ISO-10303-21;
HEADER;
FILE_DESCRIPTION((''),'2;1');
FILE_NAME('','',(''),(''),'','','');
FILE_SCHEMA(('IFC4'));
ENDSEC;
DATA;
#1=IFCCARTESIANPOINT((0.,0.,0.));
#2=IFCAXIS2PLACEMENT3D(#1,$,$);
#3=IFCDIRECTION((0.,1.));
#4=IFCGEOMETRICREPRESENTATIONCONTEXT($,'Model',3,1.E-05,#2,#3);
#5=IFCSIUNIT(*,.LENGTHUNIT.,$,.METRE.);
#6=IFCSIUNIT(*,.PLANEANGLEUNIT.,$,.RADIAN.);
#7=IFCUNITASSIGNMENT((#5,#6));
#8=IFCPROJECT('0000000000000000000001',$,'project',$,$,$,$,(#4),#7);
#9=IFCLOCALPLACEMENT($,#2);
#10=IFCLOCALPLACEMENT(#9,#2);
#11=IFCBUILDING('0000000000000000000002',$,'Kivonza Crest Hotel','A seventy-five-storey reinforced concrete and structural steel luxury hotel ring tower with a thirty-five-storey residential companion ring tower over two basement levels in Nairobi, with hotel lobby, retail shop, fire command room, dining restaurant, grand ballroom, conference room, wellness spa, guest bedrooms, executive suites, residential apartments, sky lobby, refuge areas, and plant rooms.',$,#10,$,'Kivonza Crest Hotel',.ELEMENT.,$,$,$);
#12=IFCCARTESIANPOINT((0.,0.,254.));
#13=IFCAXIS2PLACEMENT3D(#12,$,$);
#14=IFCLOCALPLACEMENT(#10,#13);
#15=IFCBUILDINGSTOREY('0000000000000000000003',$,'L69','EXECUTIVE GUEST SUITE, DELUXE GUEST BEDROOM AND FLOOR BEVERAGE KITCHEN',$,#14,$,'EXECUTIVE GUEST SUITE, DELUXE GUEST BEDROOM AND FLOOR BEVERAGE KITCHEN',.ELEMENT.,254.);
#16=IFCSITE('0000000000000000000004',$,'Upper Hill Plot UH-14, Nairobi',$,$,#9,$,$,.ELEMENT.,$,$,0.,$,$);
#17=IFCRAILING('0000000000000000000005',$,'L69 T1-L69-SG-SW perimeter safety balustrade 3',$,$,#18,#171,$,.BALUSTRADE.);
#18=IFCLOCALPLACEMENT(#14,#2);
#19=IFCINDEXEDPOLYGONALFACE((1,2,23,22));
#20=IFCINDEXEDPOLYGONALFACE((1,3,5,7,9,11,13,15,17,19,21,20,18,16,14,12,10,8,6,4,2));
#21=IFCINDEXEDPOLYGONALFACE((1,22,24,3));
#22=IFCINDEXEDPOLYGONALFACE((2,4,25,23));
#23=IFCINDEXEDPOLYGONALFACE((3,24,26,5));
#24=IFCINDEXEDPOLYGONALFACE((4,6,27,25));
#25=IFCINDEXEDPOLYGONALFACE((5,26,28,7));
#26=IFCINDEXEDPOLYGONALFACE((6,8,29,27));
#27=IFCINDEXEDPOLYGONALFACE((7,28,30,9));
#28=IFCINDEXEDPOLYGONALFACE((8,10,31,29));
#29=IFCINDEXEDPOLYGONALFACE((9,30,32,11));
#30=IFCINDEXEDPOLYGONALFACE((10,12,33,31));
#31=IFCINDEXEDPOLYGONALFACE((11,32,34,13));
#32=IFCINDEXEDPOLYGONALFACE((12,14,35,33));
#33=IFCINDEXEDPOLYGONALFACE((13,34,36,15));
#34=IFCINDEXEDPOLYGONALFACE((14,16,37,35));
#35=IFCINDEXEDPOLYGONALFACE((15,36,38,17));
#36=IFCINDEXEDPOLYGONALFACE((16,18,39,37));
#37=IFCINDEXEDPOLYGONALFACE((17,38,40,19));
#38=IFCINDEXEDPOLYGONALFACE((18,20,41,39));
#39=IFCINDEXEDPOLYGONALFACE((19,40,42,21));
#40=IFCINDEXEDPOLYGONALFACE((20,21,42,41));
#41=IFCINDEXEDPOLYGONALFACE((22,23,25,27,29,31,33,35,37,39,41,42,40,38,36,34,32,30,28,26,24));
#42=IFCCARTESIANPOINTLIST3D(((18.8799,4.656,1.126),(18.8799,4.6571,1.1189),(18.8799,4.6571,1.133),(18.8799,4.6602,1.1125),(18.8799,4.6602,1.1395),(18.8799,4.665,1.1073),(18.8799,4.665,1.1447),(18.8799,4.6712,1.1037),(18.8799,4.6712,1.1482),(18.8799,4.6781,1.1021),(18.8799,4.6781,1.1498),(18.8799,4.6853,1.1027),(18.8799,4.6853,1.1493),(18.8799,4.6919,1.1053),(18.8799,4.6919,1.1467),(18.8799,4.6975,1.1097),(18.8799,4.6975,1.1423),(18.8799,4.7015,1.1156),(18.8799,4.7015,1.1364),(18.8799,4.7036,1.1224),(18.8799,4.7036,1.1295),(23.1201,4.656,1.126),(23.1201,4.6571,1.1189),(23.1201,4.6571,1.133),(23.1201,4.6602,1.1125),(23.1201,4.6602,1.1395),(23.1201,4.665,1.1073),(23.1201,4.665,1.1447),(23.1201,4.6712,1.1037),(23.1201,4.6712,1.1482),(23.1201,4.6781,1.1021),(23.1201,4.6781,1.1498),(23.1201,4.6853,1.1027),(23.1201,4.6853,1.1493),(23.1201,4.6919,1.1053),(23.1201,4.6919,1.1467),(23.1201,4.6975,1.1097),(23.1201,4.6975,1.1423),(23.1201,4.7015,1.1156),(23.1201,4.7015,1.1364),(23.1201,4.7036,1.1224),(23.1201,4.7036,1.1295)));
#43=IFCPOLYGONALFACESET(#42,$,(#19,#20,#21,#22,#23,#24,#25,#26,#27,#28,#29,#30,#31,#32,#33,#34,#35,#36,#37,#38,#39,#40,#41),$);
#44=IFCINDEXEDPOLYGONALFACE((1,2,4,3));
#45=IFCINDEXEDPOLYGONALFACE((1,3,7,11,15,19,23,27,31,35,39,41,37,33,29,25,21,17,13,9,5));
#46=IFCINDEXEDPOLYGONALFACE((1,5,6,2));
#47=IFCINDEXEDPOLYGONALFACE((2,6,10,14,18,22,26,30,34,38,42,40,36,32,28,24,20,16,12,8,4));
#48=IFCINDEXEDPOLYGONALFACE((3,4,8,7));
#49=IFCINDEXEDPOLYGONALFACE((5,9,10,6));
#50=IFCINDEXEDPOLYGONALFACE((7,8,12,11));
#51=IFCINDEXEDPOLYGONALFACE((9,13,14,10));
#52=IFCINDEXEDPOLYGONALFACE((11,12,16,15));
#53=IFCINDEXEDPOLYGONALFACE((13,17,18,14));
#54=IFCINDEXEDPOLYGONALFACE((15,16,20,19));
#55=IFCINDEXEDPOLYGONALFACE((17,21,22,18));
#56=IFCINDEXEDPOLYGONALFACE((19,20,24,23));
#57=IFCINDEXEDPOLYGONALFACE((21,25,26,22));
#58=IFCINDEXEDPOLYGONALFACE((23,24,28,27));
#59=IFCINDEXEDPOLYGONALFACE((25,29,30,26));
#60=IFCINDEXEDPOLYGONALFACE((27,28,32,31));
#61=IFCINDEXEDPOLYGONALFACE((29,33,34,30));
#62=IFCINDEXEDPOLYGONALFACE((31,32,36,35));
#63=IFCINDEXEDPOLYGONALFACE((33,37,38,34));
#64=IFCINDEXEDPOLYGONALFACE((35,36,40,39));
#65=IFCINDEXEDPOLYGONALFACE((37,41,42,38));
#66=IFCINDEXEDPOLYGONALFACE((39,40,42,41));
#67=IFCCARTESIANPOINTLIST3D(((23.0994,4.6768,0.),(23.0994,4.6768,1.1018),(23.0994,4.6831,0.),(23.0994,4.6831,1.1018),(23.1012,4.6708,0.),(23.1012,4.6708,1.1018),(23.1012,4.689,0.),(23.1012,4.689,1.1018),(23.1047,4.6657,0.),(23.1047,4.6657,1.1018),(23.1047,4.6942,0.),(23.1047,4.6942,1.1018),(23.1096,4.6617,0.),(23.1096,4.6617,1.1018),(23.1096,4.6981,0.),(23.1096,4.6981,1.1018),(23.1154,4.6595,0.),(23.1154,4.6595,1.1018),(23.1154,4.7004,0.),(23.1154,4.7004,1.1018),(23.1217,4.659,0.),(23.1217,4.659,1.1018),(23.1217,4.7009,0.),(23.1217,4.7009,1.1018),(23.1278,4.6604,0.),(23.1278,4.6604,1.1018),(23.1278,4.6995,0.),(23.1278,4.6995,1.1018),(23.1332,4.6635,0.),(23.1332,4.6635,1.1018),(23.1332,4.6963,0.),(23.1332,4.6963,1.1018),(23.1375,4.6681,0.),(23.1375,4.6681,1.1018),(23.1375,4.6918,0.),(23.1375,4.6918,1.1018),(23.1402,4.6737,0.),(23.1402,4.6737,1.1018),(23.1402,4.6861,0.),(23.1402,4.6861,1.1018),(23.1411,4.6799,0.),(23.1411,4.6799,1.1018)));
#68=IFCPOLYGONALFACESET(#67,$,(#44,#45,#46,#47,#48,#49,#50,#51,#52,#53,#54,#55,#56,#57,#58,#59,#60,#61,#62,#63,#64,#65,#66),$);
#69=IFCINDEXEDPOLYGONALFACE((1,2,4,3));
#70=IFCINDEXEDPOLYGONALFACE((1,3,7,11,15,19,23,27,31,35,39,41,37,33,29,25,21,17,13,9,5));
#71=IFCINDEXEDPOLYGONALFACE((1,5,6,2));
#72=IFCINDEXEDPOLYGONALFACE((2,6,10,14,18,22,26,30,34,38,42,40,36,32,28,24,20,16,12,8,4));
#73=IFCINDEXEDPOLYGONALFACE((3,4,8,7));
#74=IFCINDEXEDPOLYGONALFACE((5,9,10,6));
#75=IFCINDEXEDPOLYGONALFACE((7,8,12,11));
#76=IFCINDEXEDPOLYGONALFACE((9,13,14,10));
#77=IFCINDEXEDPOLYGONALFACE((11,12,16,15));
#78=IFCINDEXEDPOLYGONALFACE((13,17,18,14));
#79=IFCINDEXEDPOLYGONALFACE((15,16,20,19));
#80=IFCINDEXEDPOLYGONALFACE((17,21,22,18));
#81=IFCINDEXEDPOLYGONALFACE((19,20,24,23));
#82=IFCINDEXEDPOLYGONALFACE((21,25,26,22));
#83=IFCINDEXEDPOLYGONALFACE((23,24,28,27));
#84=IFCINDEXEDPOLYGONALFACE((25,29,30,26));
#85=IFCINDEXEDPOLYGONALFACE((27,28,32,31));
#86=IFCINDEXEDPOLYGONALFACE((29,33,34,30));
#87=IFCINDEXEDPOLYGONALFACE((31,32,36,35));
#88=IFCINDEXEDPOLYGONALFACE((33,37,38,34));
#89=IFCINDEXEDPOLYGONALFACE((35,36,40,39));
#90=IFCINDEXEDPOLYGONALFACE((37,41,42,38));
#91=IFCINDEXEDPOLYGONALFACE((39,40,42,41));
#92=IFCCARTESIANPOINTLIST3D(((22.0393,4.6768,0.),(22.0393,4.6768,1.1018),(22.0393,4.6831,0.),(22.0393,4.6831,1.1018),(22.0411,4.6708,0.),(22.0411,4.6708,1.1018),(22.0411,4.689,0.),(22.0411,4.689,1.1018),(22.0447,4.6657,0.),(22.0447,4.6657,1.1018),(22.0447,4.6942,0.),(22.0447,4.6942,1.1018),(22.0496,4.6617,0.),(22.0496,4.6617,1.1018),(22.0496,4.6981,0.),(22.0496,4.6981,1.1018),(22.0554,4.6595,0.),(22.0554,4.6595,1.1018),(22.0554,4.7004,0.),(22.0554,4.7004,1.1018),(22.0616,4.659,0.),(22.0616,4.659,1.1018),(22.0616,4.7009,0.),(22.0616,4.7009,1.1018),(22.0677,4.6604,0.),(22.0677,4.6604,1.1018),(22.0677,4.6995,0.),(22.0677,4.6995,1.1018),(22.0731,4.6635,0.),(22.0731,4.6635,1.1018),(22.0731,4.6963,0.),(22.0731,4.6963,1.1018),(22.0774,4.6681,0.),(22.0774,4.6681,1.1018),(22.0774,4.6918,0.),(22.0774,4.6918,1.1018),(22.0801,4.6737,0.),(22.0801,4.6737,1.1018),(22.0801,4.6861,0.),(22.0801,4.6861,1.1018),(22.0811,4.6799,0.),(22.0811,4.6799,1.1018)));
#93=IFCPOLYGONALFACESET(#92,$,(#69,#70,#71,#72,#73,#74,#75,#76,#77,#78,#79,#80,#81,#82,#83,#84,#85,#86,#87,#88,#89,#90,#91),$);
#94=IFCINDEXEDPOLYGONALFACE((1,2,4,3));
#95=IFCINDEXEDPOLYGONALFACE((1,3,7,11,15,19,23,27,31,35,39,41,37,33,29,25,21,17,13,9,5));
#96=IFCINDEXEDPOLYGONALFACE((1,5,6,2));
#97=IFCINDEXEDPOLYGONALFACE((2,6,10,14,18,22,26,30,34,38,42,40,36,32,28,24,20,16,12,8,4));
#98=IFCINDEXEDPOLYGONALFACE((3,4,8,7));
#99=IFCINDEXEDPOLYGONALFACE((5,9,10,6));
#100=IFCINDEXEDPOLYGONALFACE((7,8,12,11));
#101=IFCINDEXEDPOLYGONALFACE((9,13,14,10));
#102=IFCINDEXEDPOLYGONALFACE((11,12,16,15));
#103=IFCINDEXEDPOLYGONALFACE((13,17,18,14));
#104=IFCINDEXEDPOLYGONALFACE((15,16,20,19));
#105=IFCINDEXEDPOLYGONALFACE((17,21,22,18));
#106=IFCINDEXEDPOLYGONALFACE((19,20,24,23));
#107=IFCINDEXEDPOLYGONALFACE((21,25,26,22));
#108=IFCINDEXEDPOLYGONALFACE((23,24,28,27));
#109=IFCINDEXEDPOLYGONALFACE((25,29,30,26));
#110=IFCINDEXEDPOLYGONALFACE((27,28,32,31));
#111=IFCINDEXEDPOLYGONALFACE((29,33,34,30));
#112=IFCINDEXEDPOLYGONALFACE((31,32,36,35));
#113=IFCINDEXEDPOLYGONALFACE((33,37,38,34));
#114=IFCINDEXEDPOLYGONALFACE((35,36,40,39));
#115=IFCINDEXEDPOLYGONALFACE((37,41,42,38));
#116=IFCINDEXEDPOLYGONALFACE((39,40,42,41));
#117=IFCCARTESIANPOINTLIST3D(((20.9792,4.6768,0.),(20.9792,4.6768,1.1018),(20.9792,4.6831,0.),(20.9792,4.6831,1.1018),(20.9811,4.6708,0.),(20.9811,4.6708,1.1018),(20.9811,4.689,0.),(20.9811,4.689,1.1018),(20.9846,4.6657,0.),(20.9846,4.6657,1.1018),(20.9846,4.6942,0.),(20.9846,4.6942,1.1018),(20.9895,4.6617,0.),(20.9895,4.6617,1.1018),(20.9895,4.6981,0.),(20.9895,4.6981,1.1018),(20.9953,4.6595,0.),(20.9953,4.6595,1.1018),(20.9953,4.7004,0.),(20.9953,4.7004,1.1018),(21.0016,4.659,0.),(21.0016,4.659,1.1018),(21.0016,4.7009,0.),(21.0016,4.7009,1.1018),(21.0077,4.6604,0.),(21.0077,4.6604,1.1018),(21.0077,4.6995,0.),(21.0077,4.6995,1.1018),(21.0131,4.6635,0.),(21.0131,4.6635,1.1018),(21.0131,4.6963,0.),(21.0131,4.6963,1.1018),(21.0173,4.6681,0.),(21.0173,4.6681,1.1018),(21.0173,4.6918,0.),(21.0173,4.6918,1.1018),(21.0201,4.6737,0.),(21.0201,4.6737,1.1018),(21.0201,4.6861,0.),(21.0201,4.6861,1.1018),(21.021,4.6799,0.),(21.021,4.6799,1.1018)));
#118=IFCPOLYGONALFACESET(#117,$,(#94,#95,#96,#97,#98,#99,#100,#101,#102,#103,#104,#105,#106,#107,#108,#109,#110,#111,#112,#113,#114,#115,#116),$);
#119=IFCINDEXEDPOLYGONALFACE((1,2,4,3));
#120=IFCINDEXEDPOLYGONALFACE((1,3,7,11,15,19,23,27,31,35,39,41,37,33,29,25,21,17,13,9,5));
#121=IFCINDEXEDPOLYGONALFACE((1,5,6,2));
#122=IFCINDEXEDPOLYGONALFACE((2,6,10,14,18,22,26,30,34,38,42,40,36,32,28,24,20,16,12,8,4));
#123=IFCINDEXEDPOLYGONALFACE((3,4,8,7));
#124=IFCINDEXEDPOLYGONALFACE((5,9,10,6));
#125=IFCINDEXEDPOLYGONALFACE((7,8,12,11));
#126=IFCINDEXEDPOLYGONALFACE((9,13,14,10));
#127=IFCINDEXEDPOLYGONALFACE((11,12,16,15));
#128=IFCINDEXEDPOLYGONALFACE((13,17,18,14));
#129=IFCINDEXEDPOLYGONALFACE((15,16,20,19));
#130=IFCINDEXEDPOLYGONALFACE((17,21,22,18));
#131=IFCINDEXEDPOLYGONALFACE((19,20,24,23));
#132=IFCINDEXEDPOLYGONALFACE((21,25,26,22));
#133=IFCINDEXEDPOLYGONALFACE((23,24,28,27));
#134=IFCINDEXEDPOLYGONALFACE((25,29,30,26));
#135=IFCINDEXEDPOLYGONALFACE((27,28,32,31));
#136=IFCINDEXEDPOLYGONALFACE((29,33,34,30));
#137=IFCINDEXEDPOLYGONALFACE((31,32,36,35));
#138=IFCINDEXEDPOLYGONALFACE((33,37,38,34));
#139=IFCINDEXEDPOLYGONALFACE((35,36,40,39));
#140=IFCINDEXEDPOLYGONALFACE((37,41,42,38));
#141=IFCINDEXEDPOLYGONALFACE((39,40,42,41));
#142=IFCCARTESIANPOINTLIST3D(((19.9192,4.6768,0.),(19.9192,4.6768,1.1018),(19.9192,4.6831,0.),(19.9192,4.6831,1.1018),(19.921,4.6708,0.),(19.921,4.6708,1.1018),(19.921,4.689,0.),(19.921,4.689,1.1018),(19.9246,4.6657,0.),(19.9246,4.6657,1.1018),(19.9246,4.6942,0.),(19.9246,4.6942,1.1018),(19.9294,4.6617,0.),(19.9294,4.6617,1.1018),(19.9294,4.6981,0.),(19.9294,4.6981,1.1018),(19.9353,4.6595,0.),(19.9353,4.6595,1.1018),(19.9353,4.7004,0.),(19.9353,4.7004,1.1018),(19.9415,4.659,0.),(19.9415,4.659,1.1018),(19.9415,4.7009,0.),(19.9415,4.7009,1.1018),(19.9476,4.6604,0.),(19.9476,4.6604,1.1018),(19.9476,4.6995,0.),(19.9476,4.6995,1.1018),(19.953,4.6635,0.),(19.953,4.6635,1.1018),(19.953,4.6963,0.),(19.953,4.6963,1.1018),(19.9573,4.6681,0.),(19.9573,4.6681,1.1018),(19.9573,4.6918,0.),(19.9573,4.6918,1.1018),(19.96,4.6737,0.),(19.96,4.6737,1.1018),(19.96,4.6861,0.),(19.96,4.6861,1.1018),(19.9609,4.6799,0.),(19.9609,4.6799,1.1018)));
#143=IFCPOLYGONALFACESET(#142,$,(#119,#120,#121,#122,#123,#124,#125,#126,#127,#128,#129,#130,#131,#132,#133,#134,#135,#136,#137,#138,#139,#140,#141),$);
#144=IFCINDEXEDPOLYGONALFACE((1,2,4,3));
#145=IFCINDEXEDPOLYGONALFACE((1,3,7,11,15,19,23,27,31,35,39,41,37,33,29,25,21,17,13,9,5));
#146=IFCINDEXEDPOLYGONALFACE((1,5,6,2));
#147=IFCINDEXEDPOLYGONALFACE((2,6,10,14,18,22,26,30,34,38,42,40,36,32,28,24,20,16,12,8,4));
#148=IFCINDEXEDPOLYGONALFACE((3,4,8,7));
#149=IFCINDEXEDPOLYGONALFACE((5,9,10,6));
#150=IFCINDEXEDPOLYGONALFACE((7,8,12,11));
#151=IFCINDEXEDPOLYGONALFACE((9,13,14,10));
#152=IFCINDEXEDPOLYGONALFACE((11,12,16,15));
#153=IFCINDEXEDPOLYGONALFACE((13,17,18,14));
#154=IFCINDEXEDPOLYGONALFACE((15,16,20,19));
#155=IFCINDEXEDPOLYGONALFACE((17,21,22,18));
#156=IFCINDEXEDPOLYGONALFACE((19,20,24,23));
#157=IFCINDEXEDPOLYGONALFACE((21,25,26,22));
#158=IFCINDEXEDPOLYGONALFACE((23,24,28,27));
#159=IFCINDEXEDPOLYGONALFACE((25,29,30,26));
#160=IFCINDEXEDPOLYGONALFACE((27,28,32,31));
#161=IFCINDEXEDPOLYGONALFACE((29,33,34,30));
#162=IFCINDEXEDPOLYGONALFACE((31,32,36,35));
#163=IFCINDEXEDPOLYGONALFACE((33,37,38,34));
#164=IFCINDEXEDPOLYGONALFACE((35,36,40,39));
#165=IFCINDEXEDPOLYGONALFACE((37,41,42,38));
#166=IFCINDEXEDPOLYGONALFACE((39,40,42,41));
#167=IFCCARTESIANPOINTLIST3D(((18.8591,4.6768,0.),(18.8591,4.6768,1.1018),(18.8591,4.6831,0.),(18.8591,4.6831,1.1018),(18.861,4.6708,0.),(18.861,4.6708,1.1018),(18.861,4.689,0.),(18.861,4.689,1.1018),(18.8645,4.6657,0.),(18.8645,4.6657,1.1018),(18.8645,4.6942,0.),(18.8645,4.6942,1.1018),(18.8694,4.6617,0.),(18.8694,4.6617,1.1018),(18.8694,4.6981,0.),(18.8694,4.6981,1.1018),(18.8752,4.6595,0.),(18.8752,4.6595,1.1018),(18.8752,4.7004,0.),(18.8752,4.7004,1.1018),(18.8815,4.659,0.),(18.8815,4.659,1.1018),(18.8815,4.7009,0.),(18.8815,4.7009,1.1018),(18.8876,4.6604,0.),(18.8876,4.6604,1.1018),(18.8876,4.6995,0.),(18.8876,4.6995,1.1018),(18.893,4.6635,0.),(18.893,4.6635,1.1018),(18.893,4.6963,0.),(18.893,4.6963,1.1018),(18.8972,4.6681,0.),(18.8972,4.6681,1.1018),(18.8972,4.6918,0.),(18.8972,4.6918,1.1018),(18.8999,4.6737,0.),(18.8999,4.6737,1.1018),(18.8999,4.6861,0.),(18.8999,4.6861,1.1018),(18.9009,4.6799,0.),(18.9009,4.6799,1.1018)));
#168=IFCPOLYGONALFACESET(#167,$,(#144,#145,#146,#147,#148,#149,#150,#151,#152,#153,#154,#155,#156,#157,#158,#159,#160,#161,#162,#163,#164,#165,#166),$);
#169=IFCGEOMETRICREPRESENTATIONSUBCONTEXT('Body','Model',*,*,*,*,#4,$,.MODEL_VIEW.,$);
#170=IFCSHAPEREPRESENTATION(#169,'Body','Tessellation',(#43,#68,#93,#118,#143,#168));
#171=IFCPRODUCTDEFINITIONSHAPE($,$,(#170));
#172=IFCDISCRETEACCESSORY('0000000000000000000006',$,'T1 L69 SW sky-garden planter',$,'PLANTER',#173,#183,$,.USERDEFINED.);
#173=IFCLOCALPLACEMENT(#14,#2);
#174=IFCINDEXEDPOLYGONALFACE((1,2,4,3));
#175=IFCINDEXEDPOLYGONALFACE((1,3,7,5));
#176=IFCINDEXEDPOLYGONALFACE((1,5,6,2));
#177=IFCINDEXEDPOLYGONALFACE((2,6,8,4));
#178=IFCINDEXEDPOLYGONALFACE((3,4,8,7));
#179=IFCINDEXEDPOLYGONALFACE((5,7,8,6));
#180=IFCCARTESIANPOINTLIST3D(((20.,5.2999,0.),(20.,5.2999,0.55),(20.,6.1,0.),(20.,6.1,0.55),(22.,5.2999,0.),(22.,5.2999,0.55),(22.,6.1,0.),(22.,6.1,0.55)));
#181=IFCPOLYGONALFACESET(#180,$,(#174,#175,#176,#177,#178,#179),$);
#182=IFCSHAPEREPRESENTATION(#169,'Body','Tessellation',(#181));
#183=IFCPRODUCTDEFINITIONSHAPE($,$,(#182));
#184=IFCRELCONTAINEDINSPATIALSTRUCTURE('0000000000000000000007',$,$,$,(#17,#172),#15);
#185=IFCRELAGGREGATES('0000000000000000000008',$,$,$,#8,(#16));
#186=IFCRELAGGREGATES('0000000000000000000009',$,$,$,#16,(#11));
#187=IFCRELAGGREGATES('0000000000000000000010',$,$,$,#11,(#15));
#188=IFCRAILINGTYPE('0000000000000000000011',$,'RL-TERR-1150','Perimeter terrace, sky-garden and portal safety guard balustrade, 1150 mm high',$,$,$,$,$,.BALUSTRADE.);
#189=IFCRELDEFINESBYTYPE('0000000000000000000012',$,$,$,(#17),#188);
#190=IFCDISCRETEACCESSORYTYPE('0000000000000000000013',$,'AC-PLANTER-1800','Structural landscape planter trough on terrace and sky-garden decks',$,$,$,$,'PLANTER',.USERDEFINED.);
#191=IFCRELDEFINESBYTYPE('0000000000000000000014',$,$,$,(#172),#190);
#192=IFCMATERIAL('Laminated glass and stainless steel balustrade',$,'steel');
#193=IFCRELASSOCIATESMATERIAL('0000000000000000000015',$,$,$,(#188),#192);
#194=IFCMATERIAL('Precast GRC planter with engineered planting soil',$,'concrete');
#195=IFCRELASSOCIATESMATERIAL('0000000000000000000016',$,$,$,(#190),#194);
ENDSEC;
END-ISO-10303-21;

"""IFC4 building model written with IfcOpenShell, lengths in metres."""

from ifc_helpers import new_model, si_unit, direction, frame, origin, origin_2d, place, context, subcontext, project, spatial, rectangle, circle, extrude, material, type_object, element, save


model = new_model("IFC4")

# Units and contexts
model_context = context("Model", 3, precision=1e-05, world=origin(), true_north=direction((0.0, 1.0)))
body_context = subcontext(model_context, "Body", "Model", "MODEL_VIEW")
ifc_project = project(units=[si_unit("LENGTHUNIT", "METRE"), si_unit("PLANEANGLEUNIT", "RADIAN")], contexts=[model_context])

# Site, building, storey
site_placement = place(None, origin())
site = spatial("IfcSite", under=ifc_project, at=site_placement, Name="Upper Hill Plot UH-14, Nairobi", CompositionType="ELEMENT", RefElevation=0.0)
building_placement = place(site_placement, origin())
building = spatial("IfcBuilding", under=site, at=building_placement, Name="Kivonza Crest Hotel", Description="A seventy-five-storey reinforced concrete and structural steel luxury hotel ring tower with a thirty-five-storey residential companion ring tower over two basement levels in Nairobi, with hotel lobby, retail shop, fire command room, dining restaurant, grand ballroom, conference room, wellness spa, guest bedrooms, executive suites, residential apartments, sky lobby, refuge areas, and plant rooms.", LongName="Kivonza Crest Hotel", CompositionType="ELEMENT")
storey_placement = place(building_placement, frame((0.0, 0.0, 254.0)))
storey = spatial("IfcBuildingStorey", under=building, at=storey_placement, Name="L69", Description="EXECUTIVE GUEST SUITE, DELUXE GUEST BEDROOM AND FLOOR BEVERAGE KITCHEN", LongName="EXECUTIVE GUEST SUITE, DELUXE GUEST BEDROOM AND FLOOR BEVERAGE KITCHEN", CompositionType="ELEMENT", Elevation=254.0)

# Railing
ifc_material_1 = material(Name="Laminated glass and stainless steel balustrade", Category="steel")
railing_type = type_object("IfcRailingType", Name="RL-TERR-1150", Description="Perimeter terrace, sky-garden and portal safety guard balustrade, 1150 mm high", PredefinedType="BALUSTRADE", material=ifc_material_1)
railing_1_placement = place(storey_placement, frame((23.1201, 4.6799, 0.0)))
element("IfcRailing", 1, at=railing_1_placement, inside=storey, type_object=railing_type, Name="L69 T1-L69-SG-SW perimeter safety balustrade 3", PredefinedType="BALUSTRADE", context=body_context, shape_type="SweptSolid", body=[
    extrude(circle(Radius=0.0239, at=origin_2d()), frame((0.0, 0.0, 1.126), z_axis=(-1.0, 0.0, 0.0), x_axis=(0.0, -1.0, 0.0)), (0.0, 0.0, 1.0), 4.2402),
    extrude(circle(Radius=0.021, at=origin_2d()), origin(), (0.0, 0.0, 1.0), 1.1018),
    extrude(circle(Radius=0.021, at=origin_2d()), frame((-1.0601, 0.0, 0.0)), (0.0, 0.0, 1.0), 1.1018),
    extrude(circle(Radius=0.021, at=origin_2d()), frame((-2.1201, 0.0, 0.0)), (0.0, 0.0, 1.0), 1.1018),
    extrude(circle(Radius=0.021, at=origin_2d()), frame((-3.1802, 0.0, 0.0)), (0.0, 0.0, 1.0), 1.1018),
    extrude(circle(Radius=0.021, at=origin_2d()), frame((-4.2402, 0.0, 0.0)), (0.0, 0.0, 1.0), 1.1018),
])

# Discrete accessory
ifc_material_2 = material(Name="Precast GRC planter with engineered planting soil", Category="concrete")
discrete_accessory_type = type_object("IfcDiscreteAccessoryType", Name="AC-PLANTER-1800", Description="Structural landscape planter trough on terrace and sky-garden decks", ElementType="PLANTER", PredefinedType="USERDEFINED", material=ifc_material_2)
discrete_accessory_placement = place(storey_placement, frame((21.0, 5.7, 0.0), z_axis=(0.0, 0.0, 1.0), x_axis=(1.0, 0.0, 0.0)))
element("IfcDiscreteAccessory", 2, at=discrete_accessory_placement, inside=storey, type_object=discrete_accessory_type, Name="T1 L69 SW sky-garden planter", ObjectType="PLANTER", PredefinedType="USERDEFINED", context=body_context, shape_type="SweptSolid", body=[
    extrude(rectangle(XDim=2.0, YDim=0.8, at=origin_2d()), origin(), (0.0, 0.0, 1.0), 0.55),
])

save(model, "model.ifc")
